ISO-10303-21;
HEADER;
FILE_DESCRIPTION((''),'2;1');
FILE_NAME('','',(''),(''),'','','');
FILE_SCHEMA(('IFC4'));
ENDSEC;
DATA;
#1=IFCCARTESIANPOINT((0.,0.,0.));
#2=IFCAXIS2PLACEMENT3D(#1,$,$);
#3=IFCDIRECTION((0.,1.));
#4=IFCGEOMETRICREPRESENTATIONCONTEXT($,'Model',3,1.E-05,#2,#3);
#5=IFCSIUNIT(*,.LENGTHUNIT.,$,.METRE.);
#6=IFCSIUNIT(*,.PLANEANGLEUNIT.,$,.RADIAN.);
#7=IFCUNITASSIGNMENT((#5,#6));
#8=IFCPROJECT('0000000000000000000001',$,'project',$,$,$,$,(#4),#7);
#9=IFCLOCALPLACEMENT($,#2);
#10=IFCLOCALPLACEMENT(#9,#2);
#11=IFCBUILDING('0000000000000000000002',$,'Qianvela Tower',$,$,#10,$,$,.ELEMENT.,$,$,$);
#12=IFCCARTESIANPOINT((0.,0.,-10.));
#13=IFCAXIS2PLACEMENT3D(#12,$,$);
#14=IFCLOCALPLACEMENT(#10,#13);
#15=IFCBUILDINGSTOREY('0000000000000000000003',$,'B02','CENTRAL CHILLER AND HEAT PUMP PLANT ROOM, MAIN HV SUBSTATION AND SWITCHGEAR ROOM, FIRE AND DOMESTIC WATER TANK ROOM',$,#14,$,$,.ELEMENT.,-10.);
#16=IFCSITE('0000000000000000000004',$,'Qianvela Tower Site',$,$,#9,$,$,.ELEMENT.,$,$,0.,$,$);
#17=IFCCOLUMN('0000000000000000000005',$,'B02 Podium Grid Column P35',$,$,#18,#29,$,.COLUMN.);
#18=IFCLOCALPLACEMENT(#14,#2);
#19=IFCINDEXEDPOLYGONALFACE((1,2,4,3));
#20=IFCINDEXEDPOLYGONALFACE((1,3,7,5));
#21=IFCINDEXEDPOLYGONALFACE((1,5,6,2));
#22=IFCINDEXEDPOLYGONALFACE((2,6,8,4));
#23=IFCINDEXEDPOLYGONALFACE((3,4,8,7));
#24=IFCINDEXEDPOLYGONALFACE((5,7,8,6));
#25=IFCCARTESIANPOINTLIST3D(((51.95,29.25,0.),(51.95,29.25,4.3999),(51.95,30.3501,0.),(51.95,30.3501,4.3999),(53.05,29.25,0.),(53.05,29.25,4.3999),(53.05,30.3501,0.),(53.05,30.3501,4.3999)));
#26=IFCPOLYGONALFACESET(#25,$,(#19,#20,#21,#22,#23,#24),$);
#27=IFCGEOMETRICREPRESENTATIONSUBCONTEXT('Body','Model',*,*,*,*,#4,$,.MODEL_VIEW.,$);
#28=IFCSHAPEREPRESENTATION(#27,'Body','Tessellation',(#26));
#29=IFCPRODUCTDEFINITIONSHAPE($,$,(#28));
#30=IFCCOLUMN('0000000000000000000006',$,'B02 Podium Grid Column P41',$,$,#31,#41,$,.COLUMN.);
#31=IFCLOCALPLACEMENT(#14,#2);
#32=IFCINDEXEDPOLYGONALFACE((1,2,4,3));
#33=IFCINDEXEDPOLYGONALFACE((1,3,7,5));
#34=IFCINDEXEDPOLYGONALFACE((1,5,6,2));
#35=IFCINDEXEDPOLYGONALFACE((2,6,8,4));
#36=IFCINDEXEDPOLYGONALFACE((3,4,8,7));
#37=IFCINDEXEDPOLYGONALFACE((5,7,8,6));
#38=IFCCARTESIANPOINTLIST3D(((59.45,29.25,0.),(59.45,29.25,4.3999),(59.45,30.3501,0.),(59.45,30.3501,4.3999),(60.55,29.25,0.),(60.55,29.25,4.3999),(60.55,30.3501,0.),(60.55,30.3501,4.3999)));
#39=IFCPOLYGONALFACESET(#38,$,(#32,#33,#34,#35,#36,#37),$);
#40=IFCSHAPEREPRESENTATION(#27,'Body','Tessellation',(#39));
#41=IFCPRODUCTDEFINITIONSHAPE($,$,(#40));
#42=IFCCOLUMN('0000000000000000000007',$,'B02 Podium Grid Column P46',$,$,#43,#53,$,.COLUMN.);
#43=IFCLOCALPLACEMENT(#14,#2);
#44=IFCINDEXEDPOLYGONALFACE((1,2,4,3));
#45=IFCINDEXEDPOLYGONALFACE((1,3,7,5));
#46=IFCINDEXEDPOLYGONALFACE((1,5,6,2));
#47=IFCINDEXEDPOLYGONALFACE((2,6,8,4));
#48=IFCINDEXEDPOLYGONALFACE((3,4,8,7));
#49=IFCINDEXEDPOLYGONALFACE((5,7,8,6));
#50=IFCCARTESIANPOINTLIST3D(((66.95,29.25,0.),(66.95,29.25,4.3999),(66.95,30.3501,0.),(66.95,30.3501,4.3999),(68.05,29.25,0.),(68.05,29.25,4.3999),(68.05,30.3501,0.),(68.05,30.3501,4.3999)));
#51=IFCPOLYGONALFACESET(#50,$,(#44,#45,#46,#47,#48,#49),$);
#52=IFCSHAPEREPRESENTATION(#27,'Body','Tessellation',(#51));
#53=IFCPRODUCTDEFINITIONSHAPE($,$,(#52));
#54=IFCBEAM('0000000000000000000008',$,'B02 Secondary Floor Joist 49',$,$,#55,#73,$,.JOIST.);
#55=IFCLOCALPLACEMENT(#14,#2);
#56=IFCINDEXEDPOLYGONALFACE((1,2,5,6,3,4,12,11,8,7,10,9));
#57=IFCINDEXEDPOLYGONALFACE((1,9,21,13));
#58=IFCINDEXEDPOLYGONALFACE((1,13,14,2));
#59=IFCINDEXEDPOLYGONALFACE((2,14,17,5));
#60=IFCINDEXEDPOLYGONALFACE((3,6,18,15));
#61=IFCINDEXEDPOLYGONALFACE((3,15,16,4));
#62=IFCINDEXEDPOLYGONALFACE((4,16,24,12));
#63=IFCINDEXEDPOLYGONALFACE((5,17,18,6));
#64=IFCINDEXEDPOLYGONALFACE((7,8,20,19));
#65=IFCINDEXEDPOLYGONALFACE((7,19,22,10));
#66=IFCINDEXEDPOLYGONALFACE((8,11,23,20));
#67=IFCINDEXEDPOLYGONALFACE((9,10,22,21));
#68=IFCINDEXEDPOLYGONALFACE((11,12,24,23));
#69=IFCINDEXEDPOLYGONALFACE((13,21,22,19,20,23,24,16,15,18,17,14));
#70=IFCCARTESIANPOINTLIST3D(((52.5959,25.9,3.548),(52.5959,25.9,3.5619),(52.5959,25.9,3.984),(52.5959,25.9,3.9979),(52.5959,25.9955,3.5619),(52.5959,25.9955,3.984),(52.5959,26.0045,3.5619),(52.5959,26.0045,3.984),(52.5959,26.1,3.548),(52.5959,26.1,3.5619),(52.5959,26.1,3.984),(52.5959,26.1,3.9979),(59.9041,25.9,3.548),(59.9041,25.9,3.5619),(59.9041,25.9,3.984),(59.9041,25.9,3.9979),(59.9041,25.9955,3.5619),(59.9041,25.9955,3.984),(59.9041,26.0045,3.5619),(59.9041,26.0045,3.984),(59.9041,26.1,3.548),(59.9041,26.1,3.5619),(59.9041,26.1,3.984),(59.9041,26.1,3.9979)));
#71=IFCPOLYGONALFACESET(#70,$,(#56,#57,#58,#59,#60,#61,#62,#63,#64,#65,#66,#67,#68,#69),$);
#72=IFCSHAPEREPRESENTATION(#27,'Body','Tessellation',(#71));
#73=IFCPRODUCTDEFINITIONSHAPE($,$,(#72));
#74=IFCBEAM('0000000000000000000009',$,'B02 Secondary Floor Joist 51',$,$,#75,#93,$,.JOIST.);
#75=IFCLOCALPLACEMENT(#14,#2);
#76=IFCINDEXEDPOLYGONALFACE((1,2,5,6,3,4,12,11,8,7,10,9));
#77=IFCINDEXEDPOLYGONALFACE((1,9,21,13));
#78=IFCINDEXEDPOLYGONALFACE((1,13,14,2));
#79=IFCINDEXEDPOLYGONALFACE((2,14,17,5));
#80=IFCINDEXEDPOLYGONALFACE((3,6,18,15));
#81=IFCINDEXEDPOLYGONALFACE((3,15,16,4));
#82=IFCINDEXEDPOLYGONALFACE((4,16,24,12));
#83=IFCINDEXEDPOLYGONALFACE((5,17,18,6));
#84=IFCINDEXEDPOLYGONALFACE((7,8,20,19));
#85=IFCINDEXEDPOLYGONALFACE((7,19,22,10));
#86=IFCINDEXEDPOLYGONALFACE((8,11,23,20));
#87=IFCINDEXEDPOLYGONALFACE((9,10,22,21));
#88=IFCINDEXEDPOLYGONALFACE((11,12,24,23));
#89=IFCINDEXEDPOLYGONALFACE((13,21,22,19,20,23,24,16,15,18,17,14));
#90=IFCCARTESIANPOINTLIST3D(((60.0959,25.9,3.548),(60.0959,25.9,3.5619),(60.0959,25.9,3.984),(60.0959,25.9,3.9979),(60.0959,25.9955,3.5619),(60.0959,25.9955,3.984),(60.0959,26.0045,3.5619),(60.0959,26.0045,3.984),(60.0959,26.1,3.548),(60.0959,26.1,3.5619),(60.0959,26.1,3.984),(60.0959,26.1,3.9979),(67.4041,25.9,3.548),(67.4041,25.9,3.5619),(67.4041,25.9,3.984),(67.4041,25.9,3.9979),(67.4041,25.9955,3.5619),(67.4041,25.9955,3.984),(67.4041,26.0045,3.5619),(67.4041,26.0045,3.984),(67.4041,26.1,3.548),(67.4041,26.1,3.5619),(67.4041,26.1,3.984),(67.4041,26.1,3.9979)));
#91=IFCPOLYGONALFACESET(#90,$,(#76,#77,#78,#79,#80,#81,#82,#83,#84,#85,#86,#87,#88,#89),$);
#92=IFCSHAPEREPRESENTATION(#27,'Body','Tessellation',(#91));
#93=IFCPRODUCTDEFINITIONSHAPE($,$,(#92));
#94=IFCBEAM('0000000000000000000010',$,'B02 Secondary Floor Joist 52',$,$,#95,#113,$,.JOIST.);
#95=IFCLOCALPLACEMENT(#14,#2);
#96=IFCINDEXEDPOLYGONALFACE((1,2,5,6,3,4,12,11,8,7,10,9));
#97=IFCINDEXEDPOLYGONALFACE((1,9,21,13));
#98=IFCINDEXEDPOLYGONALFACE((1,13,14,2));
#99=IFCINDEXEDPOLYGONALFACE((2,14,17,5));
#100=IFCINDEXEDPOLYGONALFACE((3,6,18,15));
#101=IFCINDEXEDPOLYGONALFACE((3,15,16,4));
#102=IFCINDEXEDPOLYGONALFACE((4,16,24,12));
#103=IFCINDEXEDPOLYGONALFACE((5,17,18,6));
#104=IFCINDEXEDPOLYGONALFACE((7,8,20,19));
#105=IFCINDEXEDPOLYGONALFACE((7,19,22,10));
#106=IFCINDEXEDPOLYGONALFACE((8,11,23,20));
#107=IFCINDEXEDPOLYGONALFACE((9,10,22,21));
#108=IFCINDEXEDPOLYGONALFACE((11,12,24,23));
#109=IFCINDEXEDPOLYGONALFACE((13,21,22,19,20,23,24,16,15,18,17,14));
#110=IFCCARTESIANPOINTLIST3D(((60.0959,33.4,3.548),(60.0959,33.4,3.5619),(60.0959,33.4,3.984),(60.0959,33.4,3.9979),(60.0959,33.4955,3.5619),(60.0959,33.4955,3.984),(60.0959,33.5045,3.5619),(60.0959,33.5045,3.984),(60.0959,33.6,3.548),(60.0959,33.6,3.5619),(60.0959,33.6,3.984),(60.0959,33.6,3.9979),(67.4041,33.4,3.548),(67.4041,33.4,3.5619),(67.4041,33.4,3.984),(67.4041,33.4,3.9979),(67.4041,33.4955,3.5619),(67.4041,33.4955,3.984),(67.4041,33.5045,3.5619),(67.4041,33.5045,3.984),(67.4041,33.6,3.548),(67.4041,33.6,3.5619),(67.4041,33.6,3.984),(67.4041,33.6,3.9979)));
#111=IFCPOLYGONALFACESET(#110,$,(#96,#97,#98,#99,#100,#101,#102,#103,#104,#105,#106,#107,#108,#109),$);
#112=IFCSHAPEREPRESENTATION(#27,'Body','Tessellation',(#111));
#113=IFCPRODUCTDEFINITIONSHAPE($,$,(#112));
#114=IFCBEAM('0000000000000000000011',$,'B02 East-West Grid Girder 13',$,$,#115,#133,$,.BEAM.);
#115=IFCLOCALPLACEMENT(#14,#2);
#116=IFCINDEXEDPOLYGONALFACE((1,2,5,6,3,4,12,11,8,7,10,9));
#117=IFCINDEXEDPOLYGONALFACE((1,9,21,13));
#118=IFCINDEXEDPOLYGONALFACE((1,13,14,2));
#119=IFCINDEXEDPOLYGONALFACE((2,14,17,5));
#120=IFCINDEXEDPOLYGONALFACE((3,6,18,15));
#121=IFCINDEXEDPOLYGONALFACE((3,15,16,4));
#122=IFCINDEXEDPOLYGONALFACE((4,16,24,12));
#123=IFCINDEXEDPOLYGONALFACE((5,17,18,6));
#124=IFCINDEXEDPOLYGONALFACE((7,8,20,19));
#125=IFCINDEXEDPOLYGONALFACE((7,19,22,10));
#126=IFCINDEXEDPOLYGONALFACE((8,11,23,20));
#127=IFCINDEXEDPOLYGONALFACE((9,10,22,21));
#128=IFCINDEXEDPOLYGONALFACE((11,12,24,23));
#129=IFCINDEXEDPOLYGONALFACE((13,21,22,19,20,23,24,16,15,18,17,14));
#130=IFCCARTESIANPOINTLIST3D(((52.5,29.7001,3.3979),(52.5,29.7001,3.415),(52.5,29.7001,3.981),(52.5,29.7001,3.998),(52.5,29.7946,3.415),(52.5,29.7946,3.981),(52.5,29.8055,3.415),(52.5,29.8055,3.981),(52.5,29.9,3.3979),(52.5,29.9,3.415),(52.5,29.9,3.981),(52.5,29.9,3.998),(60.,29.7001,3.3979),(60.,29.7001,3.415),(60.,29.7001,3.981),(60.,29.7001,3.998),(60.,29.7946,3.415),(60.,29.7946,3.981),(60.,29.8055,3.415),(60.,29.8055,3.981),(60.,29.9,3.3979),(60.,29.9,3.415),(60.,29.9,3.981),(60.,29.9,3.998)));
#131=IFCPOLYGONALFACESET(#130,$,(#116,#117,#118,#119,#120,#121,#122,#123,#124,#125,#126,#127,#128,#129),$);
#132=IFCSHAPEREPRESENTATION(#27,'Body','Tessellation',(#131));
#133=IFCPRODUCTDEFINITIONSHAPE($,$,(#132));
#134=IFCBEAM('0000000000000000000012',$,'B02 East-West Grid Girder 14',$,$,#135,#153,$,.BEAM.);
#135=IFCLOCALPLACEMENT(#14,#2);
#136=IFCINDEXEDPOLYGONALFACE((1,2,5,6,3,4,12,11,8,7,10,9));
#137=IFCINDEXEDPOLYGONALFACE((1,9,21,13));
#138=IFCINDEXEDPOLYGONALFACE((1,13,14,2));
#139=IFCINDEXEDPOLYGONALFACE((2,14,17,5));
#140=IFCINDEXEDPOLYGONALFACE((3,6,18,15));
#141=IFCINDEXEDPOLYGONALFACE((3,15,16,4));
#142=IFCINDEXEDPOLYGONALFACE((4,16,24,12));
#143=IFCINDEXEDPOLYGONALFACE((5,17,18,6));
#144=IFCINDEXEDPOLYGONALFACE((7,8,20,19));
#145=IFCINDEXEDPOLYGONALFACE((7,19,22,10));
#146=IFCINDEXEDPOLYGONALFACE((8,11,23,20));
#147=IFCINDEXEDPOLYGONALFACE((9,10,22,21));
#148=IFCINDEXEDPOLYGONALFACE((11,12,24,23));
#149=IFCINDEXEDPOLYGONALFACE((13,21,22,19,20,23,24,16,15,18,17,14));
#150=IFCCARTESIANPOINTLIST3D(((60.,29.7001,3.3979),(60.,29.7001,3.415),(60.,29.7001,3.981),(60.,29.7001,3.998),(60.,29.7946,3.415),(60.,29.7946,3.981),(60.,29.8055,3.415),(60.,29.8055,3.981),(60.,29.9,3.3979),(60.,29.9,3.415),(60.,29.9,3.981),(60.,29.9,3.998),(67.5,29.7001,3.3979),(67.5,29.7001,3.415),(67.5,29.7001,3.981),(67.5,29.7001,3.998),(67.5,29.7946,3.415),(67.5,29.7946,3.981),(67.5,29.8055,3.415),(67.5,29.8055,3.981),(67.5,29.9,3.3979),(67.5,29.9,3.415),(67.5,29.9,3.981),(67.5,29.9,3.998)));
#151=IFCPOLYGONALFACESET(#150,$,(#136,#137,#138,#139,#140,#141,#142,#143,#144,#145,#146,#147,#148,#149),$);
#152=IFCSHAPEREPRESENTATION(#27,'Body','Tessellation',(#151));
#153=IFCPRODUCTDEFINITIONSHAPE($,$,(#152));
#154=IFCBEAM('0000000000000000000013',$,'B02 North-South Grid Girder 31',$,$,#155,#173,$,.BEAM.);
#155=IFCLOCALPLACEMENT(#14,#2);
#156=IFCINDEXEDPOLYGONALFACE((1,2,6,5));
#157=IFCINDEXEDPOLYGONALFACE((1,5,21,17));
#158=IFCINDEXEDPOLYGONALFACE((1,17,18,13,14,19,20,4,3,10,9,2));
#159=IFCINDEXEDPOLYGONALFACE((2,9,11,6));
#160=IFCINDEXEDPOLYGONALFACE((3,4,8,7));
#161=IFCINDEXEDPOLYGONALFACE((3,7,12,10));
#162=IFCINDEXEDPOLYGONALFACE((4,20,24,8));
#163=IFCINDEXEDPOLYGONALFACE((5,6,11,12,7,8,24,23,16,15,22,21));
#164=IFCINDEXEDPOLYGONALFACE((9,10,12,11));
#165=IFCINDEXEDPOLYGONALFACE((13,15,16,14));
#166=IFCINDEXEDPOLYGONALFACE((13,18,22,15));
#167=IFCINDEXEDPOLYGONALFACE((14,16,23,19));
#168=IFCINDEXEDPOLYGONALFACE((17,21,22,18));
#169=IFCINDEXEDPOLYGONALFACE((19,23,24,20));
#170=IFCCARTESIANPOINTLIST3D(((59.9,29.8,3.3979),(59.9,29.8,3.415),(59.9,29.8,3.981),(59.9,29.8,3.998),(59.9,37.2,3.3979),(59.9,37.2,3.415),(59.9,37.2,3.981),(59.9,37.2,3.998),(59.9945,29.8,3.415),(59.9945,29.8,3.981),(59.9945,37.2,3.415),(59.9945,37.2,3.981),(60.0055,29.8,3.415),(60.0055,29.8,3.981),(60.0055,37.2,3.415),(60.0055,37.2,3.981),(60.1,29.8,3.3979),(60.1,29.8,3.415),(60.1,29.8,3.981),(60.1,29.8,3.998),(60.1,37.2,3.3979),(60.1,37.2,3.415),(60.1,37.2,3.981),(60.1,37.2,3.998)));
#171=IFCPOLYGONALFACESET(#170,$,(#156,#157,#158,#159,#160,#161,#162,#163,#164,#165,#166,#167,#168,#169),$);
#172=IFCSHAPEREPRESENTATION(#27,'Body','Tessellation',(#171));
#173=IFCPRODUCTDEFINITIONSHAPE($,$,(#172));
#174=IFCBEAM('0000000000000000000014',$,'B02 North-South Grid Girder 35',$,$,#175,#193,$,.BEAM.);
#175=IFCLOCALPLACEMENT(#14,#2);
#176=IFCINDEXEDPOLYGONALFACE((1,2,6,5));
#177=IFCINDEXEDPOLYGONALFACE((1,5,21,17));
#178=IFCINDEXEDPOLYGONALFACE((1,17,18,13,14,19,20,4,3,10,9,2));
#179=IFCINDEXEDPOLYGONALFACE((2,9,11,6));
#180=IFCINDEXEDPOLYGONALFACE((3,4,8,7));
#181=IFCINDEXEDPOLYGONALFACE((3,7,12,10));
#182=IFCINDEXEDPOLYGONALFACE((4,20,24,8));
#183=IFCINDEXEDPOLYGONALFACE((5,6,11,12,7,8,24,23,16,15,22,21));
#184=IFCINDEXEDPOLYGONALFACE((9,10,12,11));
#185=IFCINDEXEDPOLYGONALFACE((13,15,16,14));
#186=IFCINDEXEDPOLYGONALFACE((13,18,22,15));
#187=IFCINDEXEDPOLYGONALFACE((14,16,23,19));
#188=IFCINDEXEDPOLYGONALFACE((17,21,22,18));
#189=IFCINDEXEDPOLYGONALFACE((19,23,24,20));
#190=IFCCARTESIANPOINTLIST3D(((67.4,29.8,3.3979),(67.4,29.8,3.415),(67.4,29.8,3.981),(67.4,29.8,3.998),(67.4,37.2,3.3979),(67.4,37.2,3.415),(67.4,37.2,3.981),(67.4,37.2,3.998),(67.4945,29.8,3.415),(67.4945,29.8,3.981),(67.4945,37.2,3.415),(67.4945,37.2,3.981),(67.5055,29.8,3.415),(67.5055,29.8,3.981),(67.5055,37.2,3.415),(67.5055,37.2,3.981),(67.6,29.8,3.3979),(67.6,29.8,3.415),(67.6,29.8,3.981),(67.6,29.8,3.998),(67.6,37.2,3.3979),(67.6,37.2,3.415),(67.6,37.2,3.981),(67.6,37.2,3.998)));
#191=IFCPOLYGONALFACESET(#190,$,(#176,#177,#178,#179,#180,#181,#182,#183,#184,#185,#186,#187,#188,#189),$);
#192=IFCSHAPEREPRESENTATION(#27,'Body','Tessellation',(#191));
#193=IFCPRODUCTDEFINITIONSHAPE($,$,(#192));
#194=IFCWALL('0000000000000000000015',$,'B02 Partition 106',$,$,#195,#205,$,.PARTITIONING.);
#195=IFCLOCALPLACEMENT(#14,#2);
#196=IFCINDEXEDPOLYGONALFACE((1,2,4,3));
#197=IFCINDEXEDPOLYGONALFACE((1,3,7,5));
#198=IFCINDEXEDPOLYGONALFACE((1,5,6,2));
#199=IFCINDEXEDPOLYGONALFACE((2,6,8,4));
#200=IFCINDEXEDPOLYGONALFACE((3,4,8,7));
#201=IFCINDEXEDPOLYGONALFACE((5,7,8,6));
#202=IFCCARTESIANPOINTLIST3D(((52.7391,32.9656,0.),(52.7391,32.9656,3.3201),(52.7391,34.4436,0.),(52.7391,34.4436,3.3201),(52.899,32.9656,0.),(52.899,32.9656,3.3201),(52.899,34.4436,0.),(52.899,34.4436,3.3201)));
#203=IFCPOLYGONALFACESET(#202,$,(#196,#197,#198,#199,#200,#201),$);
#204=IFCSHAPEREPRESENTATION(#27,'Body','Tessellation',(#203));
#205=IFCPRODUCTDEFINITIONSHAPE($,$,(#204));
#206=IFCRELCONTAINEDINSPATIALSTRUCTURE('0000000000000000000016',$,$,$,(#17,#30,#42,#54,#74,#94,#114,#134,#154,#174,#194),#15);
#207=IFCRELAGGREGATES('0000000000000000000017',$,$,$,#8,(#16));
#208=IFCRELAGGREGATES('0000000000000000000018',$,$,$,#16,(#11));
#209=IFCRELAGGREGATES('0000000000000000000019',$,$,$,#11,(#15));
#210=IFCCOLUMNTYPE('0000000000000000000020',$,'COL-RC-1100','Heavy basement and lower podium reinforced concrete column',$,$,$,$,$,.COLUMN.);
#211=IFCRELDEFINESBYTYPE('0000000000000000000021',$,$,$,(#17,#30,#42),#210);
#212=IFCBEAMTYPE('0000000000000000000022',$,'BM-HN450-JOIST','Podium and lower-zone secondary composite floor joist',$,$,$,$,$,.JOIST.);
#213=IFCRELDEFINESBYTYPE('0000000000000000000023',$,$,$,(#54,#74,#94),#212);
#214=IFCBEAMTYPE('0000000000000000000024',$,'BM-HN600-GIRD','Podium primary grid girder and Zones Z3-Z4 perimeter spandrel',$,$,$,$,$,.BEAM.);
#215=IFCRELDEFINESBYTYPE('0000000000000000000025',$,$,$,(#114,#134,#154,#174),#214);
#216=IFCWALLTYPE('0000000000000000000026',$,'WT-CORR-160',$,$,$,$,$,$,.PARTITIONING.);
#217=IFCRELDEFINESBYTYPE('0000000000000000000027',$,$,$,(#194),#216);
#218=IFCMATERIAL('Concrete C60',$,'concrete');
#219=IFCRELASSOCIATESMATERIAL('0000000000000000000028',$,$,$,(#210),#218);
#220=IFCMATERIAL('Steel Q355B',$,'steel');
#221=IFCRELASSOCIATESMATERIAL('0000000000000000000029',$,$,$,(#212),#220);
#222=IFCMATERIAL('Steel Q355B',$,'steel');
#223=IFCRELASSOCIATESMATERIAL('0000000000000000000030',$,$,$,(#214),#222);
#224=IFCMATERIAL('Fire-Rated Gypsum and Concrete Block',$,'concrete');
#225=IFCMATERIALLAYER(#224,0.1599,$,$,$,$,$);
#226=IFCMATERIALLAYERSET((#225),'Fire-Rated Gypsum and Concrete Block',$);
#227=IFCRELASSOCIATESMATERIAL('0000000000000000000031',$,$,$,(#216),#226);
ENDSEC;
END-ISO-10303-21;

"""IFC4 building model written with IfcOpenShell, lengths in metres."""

from ifc_helpers import new_model, si_unit, direction, frame, frame_2d, origin, origin_2d, place, context, subcontext, project, spatial, rectangle, i_section, extrude, material, layer, layer_set, material_profile, profile_set, type_object, element, save


model = new_model("IFC4")

# Units and contexts
model_context = context("Model", 3, precision=1e-05, world=origin(), true_north=direction((0.0, 1.0)))
body_context = subcontext(model_context, "Body", "Model", "MODEL_VIEW")
ifc_project = project(units=[si_unit("LENGTHUNIT", "METRE"), si_unit("PLANEANGLEUNIT", "RADIAN")], contexts=[model_context])

# Site, building, storey
site_placement = place(None, origin())
site = spatial("IfcSite", under=ifc_project, at=site_placement, Name="Qianvela Tower Site", CompositionType="ELEMENT", RefElevation=0.0)
building_placement = place(site_placement, origin())
building = spatial("IfcBuilding", under=site, at=building_placement, Name="Qianvela Tower", CompositionType="ELEMENT")
storey_placement = place(building_placement, frame((0.0, 0.0, -10.0)))
storey = spatial("IfcBuildingStorey", under=building, at=storey_placement, Name="B02", Description="CENTRAL CHILLER AND HEAT PUMP PLANT ROOM, MAIN HV SUBSTATION AND SWITCHGEAR ROOM, FIRE AND DOMESTIC WATER TANK ROOM", CompositionType="ELEMENT", Elevation=-10.0)

# Columns
ifc_material_1 = material(Name="Concrete C60", Category="concrete")
ifc_material_profile_1 = material_profile(ifc_material_1, rectangle(XDim=1.1001, YDim=1.1001, at=origin_2d()), Name="RC-COL-1100x1100")
ifc_profile_set_1 = profile_set([ifc_material_profile_1], Name="Concrete C60")
column_type = type_object("IfcColumnType", Name="COL-RC-1100", Description="Heavy basement and lower podium reinforced concrete column", PredefinedType="COLUMN", material=ifc_profile_set_1)
for number, where, z_axis, x_axis, name in (
    (1, (52.5, 29.8, 0.0), (0.0, 0.0, 1.0), (1.0, 0.0, 0.0), "B02 Podium Grid Column P35"),
    (2, (60.0, 29.8, 0.0), (0.0, 0.0, 1.0), (1.0, 0.0, 0.0), "B02 Podium Grid Column P41"),
    (3, (67.5, 29.8, 0.0), (0.0, 0.0, 1.0), (1.0, 0.0, 0.0), "B02 Podium Grid Column P46"),
):
    element("IfcColumn", number, at=place(storey_placement, frame(where, z_axis=z_axis, x_axis=x_axis)), inside=storey, type_object=column_type, Name=name, PredefinedType="COLUMN", context=body_context, shape_type="SweptSolid", body=[
        extrude(rectangle(XDim=1.1001, YDim=1.1001, at=origin_2d()), origin(), (0.0, 0.0, 1.0), 4.3999),
    ])

# Beams
ifc_material_2 = material(Name="Steel Q355B", Category="steel")
ifc_material_profile_2 = material_profile(ifc_material_2, i_section(OverallWidth=0.2, OverallDepth=0.45, WebThickness=0.009, FlangeThickness=0.0139, at=origin_2d()), Name="HN450x200x9x14")
ifc_profile_set_2 = profile_set([ifc_material_profile_2], Name="Steel Q355B")
beam_type_1 = type_object("IfcBeamType", Name="BM-HN450-JOIST", Description="Podium and lower-zone secondary composite floor joist", PredefinedType="JOIST", material=ifc_profile_set_2)
for number, where, z_axis, x_axis, name in (
    (4, (52.5959, 26.0, 3.7729), (1.0, 0.0, 0.0), (0.0, 1.0, 0.0), "B02 Secondary Floor Joist 49"),
    (5, (60.0959, 26.0, 3.7729), (1.0, 0.0, 0.0), (0.0, 1.0, 0.0), "B02 Secondary Floor Joist 51"),
    (6, (60.0959, 33.5, 3.7729), (1.0, 0.0, 0.0), (0.0, 1.0, 0.0), "B02 Secondary Floor Joist 52"),
):
    element("IfcBeam", number, at=place(storey_placement, frame(where, z_axis=z_axis, x_axis=x_axis)), inside=storey, type_object=beam_type_1, Name=name, PredefinedType="JOIST", context=body_context, shape_type="SweptSolid", body=[
        extrude(i_section(OverallWidth=0.2, OverallDepth=0.45, WebThickness=0.009, FlangeThickness=0.0139, at=origin_2d()), origin(), (0.0, 0.0, 1.0), 7.3081),
    ])
ifc_material_3 = material(Name="Steel Q355B", Category="steel")
ifc_material_profile_3 = material_profile(ifc_material_3, i_section(OverallWidth=0.2, OverallDepth=0.6001, WebThickness=0.011, FlangeThickness=0.0171, at=origin_2d()), Name="HN600x200x11x17")
ifc_profile_set_3 = profile_set([ifc_material_profile_3], Name="Steel Q355B")
beam_type_2 = type_object("IfcBeamType", Name="BM-HN600-GIRD", Description="Podium primary grid girder and Zones Z3-Z4 perimeter spandrel", PredefinedType="BEAM", material=ifc_profile_set_3)
for number, where, z_axis, x_axis, name in (
    (7, (52.5, 29.8, 3.698), (1.0, 0.0, 0.0), (0.0, 1.0, 0.0), "B02 East-West Grid Girder 13"),
    (8, (60.0, 29.8, 3.698), (1.0, 0.0, 0.0), (0.0, 1.0, 0.0), "B02 East-West Grid Girder 14"),
):
    element("IfcBeam", number, at=place(storey_placement, frame(where, z_axis=z_axis, x_axis=x_axis)), inside=storey, type_object=beam_type_2, Name=name, PredefinedType="BEAM", context=body_context, shape_type="SweptSolid", body=[
        extrude(i_section(OverallWidth=0.2, OverallDepth=0.6001, WebThickness=0.011, FlangeThickness=0.0171, at=origin_2d()), origin(), (0.0, 0.0, 1.0), 7.5),
    ])
for number, where, z_axis, x_axis, name in (
    (9, (60.0, 29.8, 3.698), (0.0, 1.0, 0.0), (-1.0, 0.0, 0.0), "B02 North-South Grid Girder 31"),
    (10, (67.5, 29.8, 3.698), (0.0, 1.0, 0.0), (-1.0, 0.0, 0.0), "B02 North-South Grid Girder 35"),
):
    element("IfcBeam", number, at=place(storey_placement, frame(where, z_axis=z_axis, x_axis=x_axis)), inside=storey, type_object=beam_type_2, Name=name, PredefinedType="BEAM", context=body_context, shape_type="SweptSolid", body=[
        extrude(i_section(OverallWidth=0.2, OverallDepth=0.6001, WebThickness=0.011, FlangeThickness=0.0171, at=origin_2d()), origin(), (0.0, 0.0, 1.0), 7.3999),
    ])

# Wall
ifc_material_4 = material(Name="Fire-Rated Gypsum and Concrete Block", Category="concrete")
ifc_layer = layer(ifc_material_4, 0.1599)
ifc_layer_set = layer_set([ifc_layer], Name="Fire-Rated Gypsum and Concrete Block")
wall_type = type_object("IfcWallType", Name="WT-CORR-160", PredefinedType="PARTITIONING", material=ifc_layer_set)
wall_1_placement = place(storey_placement, frame((52.8191, 34.4436, 0.0), z_axis=(0.0, 0.0, 1.0), x_axis=(0.0, -1.0, 0.0)))
element("IfcWall", 11, at=wall_1_placement, inside=storey, type_object=wall_type, Name="B02 Partition 106", PredefinedType="PARTITIONING", context=body_context, shape_type="SweptSolid", body=[
    extrude(rectangle(XDim=1.478, YDim=0.1599, at=frame_2d((0.739, 0.0))), origin(), (0.0, 0.0, 1.0), 3.3201),
])

save(model, "model.ifc")
